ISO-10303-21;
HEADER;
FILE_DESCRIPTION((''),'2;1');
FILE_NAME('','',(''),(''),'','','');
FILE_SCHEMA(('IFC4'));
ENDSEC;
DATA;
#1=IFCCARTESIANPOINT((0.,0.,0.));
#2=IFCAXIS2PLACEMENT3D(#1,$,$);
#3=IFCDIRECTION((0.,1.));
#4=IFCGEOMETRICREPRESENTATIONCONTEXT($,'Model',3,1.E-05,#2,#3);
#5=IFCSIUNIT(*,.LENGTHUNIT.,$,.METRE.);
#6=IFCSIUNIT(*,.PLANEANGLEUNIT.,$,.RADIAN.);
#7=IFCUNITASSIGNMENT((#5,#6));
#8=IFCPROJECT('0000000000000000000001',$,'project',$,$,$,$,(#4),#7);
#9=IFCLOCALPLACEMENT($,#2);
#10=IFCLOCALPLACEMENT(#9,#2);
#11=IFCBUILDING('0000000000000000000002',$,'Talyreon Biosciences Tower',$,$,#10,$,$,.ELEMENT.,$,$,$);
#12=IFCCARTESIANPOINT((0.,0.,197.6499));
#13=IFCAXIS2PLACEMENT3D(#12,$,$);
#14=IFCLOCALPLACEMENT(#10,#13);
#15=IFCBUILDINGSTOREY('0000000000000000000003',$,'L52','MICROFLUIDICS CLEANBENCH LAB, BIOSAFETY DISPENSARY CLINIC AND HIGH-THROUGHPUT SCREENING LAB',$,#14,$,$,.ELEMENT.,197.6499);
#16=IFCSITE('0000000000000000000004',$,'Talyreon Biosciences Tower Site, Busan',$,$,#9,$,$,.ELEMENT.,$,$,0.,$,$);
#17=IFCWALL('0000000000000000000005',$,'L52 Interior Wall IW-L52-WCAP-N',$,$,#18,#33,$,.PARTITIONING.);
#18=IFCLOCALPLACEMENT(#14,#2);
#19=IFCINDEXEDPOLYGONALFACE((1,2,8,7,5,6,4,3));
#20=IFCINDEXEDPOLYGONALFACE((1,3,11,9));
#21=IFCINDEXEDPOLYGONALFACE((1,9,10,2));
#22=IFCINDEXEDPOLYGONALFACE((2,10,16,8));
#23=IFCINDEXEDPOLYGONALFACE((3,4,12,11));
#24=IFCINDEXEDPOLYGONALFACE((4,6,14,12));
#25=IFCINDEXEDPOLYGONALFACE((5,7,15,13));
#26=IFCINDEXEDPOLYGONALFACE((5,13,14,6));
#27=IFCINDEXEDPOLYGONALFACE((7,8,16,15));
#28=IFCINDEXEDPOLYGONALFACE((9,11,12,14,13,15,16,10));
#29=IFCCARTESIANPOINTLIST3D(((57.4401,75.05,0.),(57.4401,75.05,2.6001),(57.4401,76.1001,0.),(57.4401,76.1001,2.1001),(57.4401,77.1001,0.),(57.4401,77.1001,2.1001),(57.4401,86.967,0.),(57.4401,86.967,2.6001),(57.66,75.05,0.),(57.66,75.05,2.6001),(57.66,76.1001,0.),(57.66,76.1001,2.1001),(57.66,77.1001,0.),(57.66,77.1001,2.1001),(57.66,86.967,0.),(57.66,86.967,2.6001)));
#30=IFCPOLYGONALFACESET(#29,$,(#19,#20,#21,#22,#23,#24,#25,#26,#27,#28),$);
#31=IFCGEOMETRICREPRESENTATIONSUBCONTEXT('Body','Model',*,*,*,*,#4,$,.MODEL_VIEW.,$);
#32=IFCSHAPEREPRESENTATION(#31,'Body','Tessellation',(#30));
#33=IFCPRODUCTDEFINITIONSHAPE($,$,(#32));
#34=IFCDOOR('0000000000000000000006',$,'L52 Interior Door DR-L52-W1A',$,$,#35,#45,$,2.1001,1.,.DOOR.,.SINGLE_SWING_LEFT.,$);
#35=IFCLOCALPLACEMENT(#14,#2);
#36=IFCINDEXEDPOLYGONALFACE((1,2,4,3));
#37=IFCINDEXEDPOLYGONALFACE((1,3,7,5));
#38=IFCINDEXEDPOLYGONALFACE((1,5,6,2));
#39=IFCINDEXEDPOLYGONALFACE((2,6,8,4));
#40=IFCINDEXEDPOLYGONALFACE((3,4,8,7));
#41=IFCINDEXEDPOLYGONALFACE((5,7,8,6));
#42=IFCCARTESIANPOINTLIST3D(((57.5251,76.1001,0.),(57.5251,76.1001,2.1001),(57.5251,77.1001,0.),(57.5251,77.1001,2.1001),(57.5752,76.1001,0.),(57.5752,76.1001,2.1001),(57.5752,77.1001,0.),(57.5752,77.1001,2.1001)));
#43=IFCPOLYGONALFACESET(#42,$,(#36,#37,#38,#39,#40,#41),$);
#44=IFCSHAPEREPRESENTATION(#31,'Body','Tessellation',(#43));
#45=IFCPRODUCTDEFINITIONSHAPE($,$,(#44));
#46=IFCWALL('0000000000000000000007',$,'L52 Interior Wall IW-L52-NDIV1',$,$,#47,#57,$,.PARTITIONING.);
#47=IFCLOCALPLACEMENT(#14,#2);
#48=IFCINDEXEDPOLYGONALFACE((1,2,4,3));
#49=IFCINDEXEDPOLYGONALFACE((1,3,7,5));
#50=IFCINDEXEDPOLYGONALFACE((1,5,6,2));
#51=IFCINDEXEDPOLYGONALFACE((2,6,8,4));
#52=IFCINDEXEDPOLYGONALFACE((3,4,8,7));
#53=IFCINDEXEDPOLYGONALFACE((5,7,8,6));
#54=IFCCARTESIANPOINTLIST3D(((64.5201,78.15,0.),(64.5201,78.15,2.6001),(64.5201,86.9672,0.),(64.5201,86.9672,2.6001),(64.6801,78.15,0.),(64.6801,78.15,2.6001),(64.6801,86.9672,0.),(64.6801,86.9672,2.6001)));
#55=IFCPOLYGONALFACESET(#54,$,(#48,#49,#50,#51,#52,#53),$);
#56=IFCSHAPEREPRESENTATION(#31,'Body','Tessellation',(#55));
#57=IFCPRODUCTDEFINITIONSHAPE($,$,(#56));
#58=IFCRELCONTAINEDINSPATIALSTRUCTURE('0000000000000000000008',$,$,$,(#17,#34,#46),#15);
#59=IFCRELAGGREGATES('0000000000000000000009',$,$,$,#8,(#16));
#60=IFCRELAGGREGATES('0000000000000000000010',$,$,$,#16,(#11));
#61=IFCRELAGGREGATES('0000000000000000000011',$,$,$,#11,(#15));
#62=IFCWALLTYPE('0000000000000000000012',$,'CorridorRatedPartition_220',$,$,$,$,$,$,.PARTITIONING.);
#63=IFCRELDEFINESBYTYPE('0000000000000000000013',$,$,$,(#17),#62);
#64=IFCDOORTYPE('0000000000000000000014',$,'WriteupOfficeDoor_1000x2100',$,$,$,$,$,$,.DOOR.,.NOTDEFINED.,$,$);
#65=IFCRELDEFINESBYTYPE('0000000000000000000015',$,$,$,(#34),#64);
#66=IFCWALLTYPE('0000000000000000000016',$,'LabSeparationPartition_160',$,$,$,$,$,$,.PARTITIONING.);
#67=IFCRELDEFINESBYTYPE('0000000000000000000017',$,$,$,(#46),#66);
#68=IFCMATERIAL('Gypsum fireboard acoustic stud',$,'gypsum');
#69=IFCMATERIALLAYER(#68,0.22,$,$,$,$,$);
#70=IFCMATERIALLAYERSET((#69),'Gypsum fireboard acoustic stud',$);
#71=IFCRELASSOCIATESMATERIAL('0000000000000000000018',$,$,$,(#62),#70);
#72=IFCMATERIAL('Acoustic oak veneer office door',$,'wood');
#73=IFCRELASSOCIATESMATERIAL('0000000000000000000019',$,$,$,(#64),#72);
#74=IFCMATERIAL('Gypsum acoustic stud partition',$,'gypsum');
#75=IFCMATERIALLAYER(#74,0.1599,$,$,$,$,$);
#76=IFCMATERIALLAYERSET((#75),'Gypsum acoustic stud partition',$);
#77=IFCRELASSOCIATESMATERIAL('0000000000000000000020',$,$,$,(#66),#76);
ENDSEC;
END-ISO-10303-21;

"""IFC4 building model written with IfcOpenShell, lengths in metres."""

from ifc_helpers import new_model, si_unit, direction, frame, frame_2d, origin, place, context, subcontext, project, spatial, rectangle, extrude, material, layer, layer_set, type_object, element, fill, save


model = new_model("IFC4")

# Units and contexts
model_context = context("Model", 3, precision=1e-05, world=origin(), true_north=direction((0.0, 1.0)))
body_context = subcontext(model_context, "Body", "Model", "MODEL_VIEW")
ifc_project = project(units=[si_unit("LENGTHUNIT", "METRE"), si_unit("PLANEANGLEUNIT", "RADIAN")], contexts=[model_context])

# Site, building, storey
site_placement = place(None, origin())
site = spatial("IfcSite", under=ifc_project, at=site_placement, Name="Talyreon Biosciences Tower Site, Busan", CompositionType="ELEMENT", RefElevation=0.0)
building_placement = place(site_placement, origin())
building = spatial("IfcBuilding", under=site, at=building_placement, Name="Talyreon Biosciences Tower", CompositionType="ELEMENT")
storey_placement = place(building_placement, frame((0.0, 0.0, 197.6499)))
storey = spatial("IfcBuildingStorey", under=building, at=storey_placement, Name="L52", Description="MICROFLUIDICS CLEANBENCH LAB, BIOSAFETY DISPENSARY CLINIC AND HIGH-THROUGHPUT SCREENING LAB", CompositionType="ELEMENT", Elevation=197.6499)

# Shared definitions
ifc_material_1 = material(Name="Gypsum fireboard acoustic stud", Category="gypsum")
ifc_layer_1 = layer(ifc_material_1, 0.22)
ifc_layer_set_1 = layer_set([ifc_layer_1], Name="Gypsum fireboard acoustic stud")
wall_type_1 = type_object("IfcWallType", Name="CorridorRatedPartition_220", PredefinedType="PARTITIONING", material=ifc_layer_set_1)
ifc_material_2 = material(Name="Acoustic oak veneer office door", Category="wood")
door_type_1 = type_object("IfcDoorType", Name="WriteupOfficeDoor_1000x2100", OperationType="NOTDEFINED", PredefinedType="DOOR", material=ifc_material_2)

# Wall, opening, door
wall_1_placement = place(storey_placement, frame((57.55, 75.05, 0.0), z_axis=(0.0, 0.0, 1.0), x_axis=(0.0, 1.0, 0.0)))
wall_1 = element("IfcWall", 1, at=wall_1_placement, inside=storey, type_object=wall_type_1, Name="L52 Interior Wall IW-L52-WCAP-N", PredefinedType="PARTITIONING", context=body_context, shape_type="SweptSolid", body=[
    extrude(rectangle(XDim=11.917, YDim=0.22, at=frame_2d((5.9585, 0.0))), origin(), (0.0, 0.0, 1.0), 2.6001),
])
opening_1_placement = place(wall_1_placement, frame((1.05, 0.0, 0.0)))
opening_1 = element("IfcOpeningElement", 2, at=opening_1_placement, cuts=wall_1, PredefinedType="OPENING", context=body_context, shape_type="SweptSolid", body=[
    extrude(rectangle(XDim=1.0, YDim=2.1001, at=frame_2d((0.5, 1.05))), frame((0.0, 0.1199, 0.0), z_axis=(0.0, -1.0, 0.0), x_axis=(1.0, 0.0, 0.0)), (0.0, 0.0, 1.0), 0.24),
])
door_1_placement = place(opening_1_placement, origin())
door_1 = element("IfcDoor", 3, at=door_1_placement, inside=storey, type_object=door_type_1, Name="L52 Interior Door DR-L52-W1A", OperationType="SINGLE_SWING_LEFT", OverallHeight=2.1001, OverallWidth=1.0, PredefinedType="DOOR", context=body_context, shape_type="SweptSolid", body=[
    extrude(rectangle(XDim=1.0, YDim=2.1001, at=frame_2d((0.5, 1.05))), frame((0.0, 0.0249, 0.0), z_axis=(0.0, -1.0, 0.0), x_axis=(1.0, 0.0, 0.0)), (0.0, 0.0, 1.0), 0.05),
])
fill(opening_1, door_1)

# Wall
ifc_material_3 = material(Name="Gypsum acoustic stud partition", Category="gypsum")
ifc_layer_2 = layer(ifc_material_3, 0.1599)
ifc_layer_set_2 = layer_set([ifc_layer_2], Name="Gypsum acoustic stud partition")
wall_type_2 = type_object("IfcWallType", Name="LabSeparationPartition_160", PredefinedType="PARTITIONING", material=ifc_layer_set_2)
wall_2_placement = place(storey_placement, frame((64.6001, 78.1499, 0.0), z_axis=(0.0, 0.0, 1.0), x_axis=(0.0, 1.0, 0.0)))
element("IfcWall", 4, at=wall_2_placement, inside=storey, type_object=wall_type_2, Name="L52 Interior Wall IW-L52-NDIV1", PredefinedType="PARTITIONING", context=body_context, shape_type="SweptSolid", body=[
    extrude(rectangle(XDim=8.8171, YDim=0.1599, at=frame_2d((4.4087, 0.0))), origin(), (0.0, 0.0, 1.0), 2.6001),
])

save(model, "model.ifc")
